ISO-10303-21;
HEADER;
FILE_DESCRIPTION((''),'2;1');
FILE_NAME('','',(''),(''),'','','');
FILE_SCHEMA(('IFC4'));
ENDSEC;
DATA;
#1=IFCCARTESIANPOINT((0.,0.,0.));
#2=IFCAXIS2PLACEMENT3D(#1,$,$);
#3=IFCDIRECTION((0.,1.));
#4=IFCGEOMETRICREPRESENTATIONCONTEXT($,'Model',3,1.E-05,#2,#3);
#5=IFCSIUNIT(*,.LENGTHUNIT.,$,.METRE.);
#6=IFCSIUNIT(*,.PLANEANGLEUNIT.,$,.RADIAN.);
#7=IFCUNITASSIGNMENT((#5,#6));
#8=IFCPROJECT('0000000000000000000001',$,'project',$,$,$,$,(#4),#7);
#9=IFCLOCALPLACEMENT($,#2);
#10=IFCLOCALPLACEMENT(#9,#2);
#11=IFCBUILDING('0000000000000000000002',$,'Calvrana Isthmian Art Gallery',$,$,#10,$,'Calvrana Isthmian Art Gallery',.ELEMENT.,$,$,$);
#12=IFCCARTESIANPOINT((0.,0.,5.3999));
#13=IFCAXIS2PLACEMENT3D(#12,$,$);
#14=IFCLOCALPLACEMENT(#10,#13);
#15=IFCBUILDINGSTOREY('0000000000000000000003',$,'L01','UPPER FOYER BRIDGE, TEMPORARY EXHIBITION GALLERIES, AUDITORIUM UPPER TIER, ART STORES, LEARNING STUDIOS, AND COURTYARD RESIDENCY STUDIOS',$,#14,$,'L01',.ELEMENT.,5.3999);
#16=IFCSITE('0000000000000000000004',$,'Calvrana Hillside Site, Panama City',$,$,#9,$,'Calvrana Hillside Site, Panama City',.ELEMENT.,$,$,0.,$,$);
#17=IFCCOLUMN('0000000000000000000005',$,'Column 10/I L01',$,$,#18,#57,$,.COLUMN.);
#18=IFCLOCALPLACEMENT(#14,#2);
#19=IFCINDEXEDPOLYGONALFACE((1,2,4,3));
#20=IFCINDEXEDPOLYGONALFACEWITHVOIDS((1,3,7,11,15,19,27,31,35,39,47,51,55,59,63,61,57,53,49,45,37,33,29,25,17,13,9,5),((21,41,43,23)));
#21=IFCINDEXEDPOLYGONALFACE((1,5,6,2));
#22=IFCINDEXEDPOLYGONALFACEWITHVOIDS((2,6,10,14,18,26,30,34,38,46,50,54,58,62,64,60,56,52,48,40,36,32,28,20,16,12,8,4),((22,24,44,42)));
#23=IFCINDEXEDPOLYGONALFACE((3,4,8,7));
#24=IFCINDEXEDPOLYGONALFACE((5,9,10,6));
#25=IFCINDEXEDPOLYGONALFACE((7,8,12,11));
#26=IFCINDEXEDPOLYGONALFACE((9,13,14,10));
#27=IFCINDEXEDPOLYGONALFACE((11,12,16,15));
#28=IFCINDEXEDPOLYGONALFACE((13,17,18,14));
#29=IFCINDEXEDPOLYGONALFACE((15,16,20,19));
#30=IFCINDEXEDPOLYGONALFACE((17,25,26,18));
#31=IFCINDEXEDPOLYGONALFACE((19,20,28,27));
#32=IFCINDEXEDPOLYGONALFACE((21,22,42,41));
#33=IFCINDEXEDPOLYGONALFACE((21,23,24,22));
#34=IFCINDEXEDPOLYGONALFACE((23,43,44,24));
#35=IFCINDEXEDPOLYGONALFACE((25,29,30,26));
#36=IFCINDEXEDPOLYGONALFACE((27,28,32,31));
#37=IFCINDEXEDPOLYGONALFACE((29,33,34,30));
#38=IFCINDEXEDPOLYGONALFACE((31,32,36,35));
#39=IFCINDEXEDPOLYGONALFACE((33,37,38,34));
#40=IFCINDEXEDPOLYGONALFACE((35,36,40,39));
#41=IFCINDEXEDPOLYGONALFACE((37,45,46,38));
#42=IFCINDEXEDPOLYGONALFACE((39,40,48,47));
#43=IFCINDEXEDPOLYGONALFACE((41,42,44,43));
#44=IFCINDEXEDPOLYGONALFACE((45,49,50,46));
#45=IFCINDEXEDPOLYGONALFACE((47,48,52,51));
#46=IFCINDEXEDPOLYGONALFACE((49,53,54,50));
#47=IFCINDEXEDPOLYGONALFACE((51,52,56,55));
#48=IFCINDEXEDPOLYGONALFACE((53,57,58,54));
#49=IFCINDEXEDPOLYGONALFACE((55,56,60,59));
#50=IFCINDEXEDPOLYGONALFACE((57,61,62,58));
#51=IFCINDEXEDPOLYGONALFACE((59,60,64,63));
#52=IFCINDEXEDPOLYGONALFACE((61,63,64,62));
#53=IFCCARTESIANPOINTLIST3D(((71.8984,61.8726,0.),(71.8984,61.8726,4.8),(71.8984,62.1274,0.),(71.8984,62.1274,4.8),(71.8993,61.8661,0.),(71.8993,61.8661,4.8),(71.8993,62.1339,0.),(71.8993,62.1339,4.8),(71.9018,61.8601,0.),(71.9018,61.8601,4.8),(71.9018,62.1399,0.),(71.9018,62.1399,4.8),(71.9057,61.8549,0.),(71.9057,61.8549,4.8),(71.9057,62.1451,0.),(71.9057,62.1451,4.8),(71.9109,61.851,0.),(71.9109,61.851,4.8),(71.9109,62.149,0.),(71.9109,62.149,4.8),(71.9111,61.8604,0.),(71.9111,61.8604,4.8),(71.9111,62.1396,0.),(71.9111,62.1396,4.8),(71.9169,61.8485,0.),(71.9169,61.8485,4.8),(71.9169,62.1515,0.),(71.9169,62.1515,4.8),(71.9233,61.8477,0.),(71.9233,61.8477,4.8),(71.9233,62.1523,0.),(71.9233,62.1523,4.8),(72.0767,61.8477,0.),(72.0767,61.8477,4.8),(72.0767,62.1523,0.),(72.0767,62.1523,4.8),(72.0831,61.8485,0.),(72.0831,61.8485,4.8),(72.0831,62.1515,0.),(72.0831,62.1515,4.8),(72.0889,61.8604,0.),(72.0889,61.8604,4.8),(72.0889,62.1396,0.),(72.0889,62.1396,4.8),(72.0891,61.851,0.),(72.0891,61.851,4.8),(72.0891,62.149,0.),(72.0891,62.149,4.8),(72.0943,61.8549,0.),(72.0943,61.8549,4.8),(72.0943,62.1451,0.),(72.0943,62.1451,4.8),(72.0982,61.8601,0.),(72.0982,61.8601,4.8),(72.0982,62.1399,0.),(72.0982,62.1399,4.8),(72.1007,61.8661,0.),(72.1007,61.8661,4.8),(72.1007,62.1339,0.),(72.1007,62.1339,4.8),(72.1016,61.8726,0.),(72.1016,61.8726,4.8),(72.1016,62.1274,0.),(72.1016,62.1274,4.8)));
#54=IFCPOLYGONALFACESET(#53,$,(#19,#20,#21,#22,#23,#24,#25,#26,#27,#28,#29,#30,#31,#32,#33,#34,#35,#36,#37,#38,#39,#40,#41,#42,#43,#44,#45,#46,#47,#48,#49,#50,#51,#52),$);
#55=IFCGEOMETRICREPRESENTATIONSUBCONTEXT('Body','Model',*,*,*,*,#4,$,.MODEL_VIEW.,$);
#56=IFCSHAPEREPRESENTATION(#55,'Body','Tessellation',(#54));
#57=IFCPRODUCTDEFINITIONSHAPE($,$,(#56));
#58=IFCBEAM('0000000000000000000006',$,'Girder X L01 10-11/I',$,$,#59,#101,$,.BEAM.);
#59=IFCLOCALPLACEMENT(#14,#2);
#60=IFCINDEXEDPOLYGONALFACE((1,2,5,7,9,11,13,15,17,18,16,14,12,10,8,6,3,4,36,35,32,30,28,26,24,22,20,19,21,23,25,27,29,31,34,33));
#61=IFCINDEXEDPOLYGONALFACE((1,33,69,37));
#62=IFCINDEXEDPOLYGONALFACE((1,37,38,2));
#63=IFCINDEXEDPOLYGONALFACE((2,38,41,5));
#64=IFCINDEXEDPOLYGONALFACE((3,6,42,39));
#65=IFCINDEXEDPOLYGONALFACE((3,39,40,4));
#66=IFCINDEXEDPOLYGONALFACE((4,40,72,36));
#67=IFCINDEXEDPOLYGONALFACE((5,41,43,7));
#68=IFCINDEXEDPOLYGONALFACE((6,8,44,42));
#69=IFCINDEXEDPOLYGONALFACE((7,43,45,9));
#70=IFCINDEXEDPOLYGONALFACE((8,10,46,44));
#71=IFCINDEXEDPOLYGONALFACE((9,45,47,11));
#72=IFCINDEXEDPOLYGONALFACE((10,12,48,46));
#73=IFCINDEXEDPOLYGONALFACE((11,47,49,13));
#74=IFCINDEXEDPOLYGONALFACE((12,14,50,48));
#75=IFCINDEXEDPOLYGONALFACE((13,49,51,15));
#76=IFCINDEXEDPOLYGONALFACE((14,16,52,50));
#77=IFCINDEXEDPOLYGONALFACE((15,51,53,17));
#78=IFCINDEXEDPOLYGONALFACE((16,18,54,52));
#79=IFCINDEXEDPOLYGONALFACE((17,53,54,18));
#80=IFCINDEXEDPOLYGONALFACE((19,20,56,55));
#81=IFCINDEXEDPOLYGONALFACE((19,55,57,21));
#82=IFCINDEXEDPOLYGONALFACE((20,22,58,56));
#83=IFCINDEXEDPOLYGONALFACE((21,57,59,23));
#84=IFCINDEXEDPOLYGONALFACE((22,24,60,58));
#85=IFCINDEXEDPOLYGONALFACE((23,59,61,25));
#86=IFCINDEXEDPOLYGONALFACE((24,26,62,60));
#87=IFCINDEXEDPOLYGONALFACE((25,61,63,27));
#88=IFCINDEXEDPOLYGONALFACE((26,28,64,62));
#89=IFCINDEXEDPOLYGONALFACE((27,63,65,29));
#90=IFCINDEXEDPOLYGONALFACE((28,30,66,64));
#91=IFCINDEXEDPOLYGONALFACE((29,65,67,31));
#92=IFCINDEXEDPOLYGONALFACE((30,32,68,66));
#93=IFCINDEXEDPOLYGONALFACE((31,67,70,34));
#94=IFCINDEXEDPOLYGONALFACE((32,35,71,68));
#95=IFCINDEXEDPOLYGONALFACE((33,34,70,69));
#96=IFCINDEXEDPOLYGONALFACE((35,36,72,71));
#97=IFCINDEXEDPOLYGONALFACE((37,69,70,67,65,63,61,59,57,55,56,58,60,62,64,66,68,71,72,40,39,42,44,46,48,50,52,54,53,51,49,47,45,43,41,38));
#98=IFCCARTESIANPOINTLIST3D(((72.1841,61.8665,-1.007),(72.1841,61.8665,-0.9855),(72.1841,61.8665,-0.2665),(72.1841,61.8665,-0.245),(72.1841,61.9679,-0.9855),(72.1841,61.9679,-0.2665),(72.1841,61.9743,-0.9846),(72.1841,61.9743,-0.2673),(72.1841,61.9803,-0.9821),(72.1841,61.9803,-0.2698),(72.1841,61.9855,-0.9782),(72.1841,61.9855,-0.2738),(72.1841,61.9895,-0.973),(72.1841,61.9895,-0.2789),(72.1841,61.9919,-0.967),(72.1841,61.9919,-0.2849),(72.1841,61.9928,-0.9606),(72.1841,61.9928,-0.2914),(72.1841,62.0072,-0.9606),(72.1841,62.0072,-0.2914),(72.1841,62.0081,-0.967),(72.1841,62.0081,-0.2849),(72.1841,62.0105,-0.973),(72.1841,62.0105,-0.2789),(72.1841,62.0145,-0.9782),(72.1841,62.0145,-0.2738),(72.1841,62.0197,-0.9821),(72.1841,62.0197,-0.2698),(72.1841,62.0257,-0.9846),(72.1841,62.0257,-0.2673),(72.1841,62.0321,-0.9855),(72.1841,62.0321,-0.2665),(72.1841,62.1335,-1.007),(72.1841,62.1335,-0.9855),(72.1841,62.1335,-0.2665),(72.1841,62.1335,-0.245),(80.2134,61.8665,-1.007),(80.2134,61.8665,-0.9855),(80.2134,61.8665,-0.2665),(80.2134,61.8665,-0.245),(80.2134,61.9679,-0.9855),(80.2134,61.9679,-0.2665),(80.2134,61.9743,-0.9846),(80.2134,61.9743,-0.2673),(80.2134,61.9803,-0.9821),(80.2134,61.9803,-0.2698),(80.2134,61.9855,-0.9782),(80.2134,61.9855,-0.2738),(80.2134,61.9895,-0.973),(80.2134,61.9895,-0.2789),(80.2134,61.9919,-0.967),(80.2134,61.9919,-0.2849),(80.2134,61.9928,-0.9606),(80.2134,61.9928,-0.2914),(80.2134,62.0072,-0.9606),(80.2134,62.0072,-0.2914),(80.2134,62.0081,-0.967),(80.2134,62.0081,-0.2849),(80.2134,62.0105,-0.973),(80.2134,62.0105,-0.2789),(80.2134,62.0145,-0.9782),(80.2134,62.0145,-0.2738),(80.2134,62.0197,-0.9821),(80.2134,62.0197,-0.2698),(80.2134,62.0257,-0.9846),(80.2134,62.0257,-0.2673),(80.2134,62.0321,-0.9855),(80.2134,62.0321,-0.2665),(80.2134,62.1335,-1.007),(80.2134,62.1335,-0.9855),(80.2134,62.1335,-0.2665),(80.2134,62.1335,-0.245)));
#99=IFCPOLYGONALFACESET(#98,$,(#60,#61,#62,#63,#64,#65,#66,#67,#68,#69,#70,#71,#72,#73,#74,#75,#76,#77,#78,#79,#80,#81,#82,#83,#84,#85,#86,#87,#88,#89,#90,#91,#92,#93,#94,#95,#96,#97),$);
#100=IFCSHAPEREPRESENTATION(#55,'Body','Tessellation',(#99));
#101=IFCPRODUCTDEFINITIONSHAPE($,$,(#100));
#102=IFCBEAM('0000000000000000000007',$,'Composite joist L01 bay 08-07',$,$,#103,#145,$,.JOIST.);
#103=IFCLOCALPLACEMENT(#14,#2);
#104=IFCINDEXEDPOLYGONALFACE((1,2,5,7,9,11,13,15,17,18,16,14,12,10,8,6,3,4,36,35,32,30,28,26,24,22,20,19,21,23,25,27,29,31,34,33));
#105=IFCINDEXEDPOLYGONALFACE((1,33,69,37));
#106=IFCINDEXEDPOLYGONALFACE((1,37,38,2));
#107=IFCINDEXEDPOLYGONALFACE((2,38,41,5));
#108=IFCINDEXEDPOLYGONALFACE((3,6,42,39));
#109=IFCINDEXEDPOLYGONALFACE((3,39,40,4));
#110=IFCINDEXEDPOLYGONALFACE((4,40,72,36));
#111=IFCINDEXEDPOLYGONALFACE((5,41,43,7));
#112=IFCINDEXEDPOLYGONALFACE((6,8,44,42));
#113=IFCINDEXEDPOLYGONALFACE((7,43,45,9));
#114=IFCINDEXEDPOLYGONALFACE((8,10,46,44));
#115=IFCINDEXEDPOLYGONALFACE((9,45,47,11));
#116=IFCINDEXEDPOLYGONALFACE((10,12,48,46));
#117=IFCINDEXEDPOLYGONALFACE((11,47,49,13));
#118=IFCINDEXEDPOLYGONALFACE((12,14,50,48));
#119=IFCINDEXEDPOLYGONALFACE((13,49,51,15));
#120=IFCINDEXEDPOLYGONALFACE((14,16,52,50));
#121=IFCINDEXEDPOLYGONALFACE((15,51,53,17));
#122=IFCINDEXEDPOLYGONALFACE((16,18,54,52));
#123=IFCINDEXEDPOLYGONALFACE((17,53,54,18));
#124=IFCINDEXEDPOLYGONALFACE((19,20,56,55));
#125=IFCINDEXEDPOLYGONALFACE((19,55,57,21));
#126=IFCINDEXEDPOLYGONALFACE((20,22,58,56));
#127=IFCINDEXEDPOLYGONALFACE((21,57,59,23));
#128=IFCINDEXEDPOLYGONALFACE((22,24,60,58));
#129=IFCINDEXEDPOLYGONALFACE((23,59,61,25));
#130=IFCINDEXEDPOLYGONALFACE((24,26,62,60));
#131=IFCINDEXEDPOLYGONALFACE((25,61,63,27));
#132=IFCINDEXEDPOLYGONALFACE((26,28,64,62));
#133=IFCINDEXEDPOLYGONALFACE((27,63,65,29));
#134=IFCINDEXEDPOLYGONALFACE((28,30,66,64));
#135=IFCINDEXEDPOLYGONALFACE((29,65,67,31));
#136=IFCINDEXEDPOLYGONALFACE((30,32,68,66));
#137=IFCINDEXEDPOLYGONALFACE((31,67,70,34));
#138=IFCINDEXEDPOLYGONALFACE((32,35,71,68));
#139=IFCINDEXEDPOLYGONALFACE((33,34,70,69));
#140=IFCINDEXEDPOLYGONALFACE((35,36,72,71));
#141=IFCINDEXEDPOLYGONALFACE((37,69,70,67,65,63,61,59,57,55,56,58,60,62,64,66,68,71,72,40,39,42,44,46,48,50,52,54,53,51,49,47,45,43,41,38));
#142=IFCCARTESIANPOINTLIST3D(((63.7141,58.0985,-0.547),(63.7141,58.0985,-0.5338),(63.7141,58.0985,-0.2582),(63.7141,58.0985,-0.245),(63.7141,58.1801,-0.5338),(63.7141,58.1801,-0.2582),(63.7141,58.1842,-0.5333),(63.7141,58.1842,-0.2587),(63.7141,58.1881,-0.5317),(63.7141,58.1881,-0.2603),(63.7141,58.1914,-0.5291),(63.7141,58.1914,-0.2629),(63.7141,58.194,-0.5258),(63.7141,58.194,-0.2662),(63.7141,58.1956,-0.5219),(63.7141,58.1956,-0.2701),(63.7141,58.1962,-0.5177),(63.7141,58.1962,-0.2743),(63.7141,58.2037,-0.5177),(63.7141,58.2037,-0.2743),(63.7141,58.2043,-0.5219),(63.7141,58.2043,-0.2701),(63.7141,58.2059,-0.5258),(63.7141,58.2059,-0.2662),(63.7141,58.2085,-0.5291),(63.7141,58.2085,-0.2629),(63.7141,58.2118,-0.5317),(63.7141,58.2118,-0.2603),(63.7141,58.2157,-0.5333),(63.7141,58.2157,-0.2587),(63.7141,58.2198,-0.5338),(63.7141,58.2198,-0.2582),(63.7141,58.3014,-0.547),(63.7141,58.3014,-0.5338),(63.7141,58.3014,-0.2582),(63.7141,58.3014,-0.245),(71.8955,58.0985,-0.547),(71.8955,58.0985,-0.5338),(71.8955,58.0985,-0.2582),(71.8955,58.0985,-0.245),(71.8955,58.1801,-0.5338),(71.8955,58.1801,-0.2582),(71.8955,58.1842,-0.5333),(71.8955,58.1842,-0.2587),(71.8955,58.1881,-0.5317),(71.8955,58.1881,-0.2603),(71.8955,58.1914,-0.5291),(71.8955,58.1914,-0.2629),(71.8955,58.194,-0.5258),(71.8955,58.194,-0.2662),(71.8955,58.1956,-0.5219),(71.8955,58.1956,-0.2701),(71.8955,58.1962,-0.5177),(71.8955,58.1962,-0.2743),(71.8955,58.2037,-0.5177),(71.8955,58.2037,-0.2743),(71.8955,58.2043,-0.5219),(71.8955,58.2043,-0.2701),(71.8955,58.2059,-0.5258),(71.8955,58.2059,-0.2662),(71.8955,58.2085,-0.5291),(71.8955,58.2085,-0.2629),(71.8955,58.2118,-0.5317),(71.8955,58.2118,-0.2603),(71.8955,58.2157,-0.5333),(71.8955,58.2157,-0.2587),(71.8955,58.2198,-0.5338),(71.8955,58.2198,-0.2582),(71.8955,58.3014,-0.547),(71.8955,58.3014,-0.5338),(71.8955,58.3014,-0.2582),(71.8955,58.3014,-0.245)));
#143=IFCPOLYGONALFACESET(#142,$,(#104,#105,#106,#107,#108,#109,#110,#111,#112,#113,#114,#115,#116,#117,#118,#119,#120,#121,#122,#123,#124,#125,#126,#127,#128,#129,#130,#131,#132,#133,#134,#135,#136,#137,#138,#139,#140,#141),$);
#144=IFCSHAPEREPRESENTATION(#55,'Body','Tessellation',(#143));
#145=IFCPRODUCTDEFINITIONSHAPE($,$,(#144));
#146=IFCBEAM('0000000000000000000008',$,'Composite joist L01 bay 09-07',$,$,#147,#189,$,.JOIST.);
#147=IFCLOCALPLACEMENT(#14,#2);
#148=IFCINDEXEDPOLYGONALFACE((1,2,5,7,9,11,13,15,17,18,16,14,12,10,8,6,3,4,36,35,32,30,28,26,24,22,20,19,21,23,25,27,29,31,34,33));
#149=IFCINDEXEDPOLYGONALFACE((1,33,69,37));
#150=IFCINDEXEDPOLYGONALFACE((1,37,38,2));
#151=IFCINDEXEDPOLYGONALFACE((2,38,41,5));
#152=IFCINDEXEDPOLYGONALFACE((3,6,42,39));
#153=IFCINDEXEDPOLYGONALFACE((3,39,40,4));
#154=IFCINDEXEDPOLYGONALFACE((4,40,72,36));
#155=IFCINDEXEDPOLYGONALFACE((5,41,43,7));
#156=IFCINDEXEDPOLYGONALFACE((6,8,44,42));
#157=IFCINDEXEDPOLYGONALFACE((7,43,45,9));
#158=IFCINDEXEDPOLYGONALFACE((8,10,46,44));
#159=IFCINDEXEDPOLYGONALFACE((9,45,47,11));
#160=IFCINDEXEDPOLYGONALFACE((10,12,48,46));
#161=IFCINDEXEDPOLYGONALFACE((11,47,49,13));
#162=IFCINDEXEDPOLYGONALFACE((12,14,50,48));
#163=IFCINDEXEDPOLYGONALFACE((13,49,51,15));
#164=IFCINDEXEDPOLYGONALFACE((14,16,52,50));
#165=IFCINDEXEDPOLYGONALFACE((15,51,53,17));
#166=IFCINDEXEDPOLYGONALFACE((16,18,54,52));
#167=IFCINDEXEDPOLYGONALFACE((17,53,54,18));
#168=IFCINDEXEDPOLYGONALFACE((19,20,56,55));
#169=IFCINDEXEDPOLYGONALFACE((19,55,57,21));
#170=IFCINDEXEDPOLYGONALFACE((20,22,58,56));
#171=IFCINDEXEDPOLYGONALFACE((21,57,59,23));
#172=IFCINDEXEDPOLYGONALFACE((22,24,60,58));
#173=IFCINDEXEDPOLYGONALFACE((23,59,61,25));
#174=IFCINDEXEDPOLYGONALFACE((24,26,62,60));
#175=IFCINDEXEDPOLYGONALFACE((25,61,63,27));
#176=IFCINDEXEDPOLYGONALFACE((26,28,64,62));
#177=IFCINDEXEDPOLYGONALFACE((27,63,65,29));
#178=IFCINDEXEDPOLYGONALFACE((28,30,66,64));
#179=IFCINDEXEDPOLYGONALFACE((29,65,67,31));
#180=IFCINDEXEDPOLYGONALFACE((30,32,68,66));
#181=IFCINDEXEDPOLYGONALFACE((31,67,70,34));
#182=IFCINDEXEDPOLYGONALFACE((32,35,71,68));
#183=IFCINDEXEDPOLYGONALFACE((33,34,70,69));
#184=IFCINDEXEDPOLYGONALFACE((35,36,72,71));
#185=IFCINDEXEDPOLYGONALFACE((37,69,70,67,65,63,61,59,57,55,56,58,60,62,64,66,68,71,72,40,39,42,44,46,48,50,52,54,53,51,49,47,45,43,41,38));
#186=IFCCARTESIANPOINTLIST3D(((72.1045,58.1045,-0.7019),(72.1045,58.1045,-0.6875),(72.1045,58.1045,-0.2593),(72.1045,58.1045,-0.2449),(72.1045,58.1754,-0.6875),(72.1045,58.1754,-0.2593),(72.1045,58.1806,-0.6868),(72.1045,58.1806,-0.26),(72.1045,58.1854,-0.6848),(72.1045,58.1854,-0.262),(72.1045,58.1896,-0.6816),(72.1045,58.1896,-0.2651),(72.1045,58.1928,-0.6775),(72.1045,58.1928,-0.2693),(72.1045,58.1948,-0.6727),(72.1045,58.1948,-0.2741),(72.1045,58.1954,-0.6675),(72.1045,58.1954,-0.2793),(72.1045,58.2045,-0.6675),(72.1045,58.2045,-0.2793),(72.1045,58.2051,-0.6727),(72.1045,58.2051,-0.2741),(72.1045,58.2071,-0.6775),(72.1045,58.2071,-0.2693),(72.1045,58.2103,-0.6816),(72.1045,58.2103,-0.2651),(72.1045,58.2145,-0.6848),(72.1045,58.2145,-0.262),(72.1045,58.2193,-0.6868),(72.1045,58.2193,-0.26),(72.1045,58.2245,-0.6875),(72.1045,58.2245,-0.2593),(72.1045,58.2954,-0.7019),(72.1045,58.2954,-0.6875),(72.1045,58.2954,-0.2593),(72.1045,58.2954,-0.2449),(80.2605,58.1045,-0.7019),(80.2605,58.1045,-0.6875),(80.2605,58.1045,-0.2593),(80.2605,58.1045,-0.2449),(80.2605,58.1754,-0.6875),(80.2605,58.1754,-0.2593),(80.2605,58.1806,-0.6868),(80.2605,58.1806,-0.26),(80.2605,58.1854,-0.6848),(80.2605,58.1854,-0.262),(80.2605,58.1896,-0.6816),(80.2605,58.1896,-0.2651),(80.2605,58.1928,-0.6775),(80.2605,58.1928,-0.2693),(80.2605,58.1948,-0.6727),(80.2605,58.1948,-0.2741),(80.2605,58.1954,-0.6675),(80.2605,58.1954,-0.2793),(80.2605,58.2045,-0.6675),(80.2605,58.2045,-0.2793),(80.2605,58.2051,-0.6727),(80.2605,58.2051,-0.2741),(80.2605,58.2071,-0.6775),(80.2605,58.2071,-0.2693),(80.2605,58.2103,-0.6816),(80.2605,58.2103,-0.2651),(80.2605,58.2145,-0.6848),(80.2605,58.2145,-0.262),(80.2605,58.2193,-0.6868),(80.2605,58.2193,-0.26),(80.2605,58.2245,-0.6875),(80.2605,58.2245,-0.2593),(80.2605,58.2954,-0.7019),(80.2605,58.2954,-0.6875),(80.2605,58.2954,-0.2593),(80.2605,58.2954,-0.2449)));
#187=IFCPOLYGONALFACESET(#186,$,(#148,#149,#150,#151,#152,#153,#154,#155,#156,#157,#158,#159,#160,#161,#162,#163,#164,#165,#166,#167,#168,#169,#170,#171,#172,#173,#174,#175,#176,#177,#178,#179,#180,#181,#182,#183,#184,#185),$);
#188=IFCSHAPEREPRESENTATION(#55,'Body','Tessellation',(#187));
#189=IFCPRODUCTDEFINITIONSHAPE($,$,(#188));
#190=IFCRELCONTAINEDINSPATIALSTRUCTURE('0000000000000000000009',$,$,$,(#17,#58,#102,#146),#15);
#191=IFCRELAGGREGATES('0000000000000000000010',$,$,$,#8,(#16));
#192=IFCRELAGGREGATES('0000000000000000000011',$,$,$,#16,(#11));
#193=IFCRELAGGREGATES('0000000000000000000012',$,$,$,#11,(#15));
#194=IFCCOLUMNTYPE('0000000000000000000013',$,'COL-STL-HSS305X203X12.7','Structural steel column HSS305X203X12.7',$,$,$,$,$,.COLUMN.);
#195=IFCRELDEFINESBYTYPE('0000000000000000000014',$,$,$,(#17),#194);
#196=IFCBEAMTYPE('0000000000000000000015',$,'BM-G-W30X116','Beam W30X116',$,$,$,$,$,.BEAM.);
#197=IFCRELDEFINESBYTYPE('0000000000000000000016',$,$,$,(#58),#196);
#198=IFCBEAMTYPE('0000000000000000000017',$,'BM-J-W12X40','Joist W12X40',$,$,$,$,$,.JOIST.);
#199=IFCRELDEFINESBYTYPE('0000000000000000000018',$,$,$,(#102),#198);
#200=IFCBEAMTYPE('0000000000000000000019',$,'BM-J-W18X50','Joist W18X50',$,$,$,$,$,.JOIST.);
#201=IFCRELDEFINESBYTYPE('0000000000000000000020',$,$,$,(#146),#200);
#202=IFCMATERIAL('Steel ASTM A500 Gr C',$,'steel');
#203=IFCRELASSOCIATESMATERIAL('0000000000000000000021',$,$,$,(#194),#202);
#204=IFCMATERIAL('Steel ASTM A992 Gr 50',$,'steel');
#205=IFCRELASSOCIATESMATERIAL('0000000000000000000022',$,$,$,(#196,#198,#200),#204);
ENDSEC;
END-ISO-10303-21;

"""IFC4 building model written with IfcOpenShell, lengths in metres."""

from ifc_helpers import new_model, si_unit, direction, frame, origin, origin_2d, place, context, subcontext, project, spatial, hollow_rectangle, i_section, extrude, material, material_profile, profile_set, type_object, element, save


model = new_model("IFC4")

# Units and contexts
model_context = context("Model", 3, precision=1e-05, world=origin(), true_north=direction((0.0, 1.0)))
body_context = subcontext(model_context, "Body", "Model", "MODEL_VIEW")
ifc_project = project(units=[si_unit("LENGTHUNIT", "METRE"), si_unit("PLANEANGLEUNIT", "RADIAN")], contexts=[model_context])

# Site, building, storey
site_placement = place(None, origin())
site = spatial("IfcSite", under=ifc_project, at=site_placement, Name="Calvrana Hillside Site, Panama City", LongName="Calvrana Hillside Site, Panama City", CompositionType="ELEMENT", RefElevation=0.0)
building_placement = place(site_placement, origin())
building = spatial("IfcBuilding", under=site, at=building_placement, Name="Calvrana Isthmian Art Gallery", LongName="Calvrana Isthmian Art Gallery", CompositionType="ELEMENT")
storey_placement = place(building_placement, frame((0.0, 0.0, 5.3999)))
storey = spatial("IfcBuildingStorey", under=building, at=storey_placement, Name="L01", Description="UPPER FOYER BRIDGE, TEMPORARY EXHIBITION GALLERIES, AUDITORIUM UPPER TIER, ART STORES, LEARNING STUDIOS, AND COURTYARD RESIDENCY STUDIOS", LongName="L01", CompositionType="ELEMENT", Elevation=5.3999)

# Column
ifc_material_1 = material(Name="Steel ASTM A500 Gr C", Category="steel")
ifc_material_profile_1 = material_profile(ifc_material_1, hollow_rectangle(XDim=0.2031, YDim=0.3047, WallThickness=0.0127, OuterFilletRadius=0.0249, at=origin_2d()), Name="HSS305X203X12.7")
ifc_profile_set_1 = profile_set([ifc_material_profile_1], Name="Steel ASTM A500 Gr C")
column_type = type_object("IfcColumnType", Name="COL-STL-HSS305X203X12.7", Description="Structural steel column HSS305X203X12.7", PredefinedType="COLUMN", material=ifc_profile_set_1)
column_placement = place(storey_placement, frame((72.0, 62.0, 0.0), z_axis=(0.0, 0.0, 1.0), x_axis=(1.0, 0.0, 0.0)))
element("IfcColumn", 1, at=column_placement, inside=storey, type_object=column_type, Name="Column 10/I L01", PredefinedType="COLUMN", context=body_context, shape_type="SweptSolid", body=[
    extrude(hollow_rectangle(XDim=0.2031, YDim=0.3047, WallThickness=0.0127, OuterFilletRadius=0.0249, at=origin_2d()), origin(), (0.0, 0.0, 1.0), 4.8),
])

# Beams
ifc_material_2 = material(Name="Steel ASTM A992 Gr 50", Category="steel")
ifc_material_profile_2 = material_profile(ifc_material_2, i_section(OverallWidth=0.2671, OverallDepth=0.762, WebThickness=0.0144, FlangeThickness=0.0215, FilletRadius=0.0249, at=origin_2d()), Name="W30X116")
ifc_profile_set_2 = profile_set([ifc_material_profile_2], Name="Steel ASTM A992 Gr 50")
beam_type_1 = type_object("IfcBeamType", Name="BM-G-W30X116", Description="Beam W30X116", PredefinedType="BEAM", material=ifc_profile_set_2)
beam_1_placement = place(storey_placement, frame((72.1841, 62.0, -0.626), z_axis=(1.0, 0.0, 0.0), x_axis=(0.0, 1.0, 0.0)))
element("IfcBeam", 2, at=beam_1_placement, inside=storey, type_object=beam_type_1, Name="Girder X L01 10-11/I", PredefinedType="BEAM", context=body_context, shape_type="SweptSolid", body=[
    extrude(i_section(OverallWidth=0.2671, OverallDepth=0.762, WebThickness=0.0144, FlangeThickness=0.0215, FilletRadius=0.0249, at=origin_2d()), origin(), (0.0, 0.0, 1.0), 8.0293),
])
ifc_material_profile_3 = material_profile(ifc_material_2, i_section(OverallWidth=0.2029, OverallDepth=0.302, WebThickness=0.0076, FlangeThickness=0.0132, FilletRadius=0.0161, at=origin_2d()), Name="W12X40")
ifc_profile_set_3 = profile_set([ifc_material_profile_3], Name="Steel ASTM A992 Gr 50")
beam_type_2 = type_object("IfcBeamType", Name="BM-J-W12X40", Description="Joist W12X40", PredefinedType="JOIST", material=ifc_profile_set_3)
beam_2_placement = place(storey_placement, frame((63.7141, 58.2, -0.396), z_axis=(1.0, 0.0, 0.0), x_axis=(0.0, 1.0, 0.0)))
element("IfcBeam", 3, at=beam_2_placement, inside=storey, type_object=beam_type_2, Name="Composite joist L01 bay 08-07", PredefinedType="JOIST", context=body_context, shape_type="SweptSolid", body=[
    extrude(i_section(OverallWidth=0.2029, OverallDepth=0.302, WebThickness=0.0076, FlangeThickness=0.0132, FilletRadius=0.0161, at=origin_2d()), origin(), (0.0, 0.0, 1.0), 8.1814),
])
ifc_material_profile_4 = material_profile(ifc_material_2, i_section(OverallWidth=0.1909, OverallDepth=0.457, WebThickness=0.009, FlangeThickness=0.0144, FilletRadius=0.02, at=origin_2d()), Name="W18X50")
ifc_profile_set_4 = profile_set([ifc_material_profile_4], Name="Steel ASTM A992 Gr 50")
beam_type_3 = type_object("IfcBeamType", Name="BM-J-W18X50", Description="Joist W18X50", PredefinedType="JOIST", material=ifc_profile_set_4)
beam_3_placement = place(storey_placement, frame((72.1045, 58.2, -0.4734), z_axis=(1.0, 0.0, 0.0), x_axis=(0.0, 1.0, 0.0)))
element("IfcBeam", 4, at=beam_3_placement, inside=storey, type_object=beam_type_3, Name="Composite joist L01 bay 09-07", PredefinedType="JOIST", context=body_context, shape_type="SweptSolid", body=[
    extrude(i_section(OverallWidth=0.1909, OverallDepth=0.457, WebThickness=0.009, FlangeThickness=0.0144, FilletRadius=0.02, at=origin_2d()), origin(), (0.0, 0.0, 1.0), 8.156),
])

save(model, "model.ifc")
